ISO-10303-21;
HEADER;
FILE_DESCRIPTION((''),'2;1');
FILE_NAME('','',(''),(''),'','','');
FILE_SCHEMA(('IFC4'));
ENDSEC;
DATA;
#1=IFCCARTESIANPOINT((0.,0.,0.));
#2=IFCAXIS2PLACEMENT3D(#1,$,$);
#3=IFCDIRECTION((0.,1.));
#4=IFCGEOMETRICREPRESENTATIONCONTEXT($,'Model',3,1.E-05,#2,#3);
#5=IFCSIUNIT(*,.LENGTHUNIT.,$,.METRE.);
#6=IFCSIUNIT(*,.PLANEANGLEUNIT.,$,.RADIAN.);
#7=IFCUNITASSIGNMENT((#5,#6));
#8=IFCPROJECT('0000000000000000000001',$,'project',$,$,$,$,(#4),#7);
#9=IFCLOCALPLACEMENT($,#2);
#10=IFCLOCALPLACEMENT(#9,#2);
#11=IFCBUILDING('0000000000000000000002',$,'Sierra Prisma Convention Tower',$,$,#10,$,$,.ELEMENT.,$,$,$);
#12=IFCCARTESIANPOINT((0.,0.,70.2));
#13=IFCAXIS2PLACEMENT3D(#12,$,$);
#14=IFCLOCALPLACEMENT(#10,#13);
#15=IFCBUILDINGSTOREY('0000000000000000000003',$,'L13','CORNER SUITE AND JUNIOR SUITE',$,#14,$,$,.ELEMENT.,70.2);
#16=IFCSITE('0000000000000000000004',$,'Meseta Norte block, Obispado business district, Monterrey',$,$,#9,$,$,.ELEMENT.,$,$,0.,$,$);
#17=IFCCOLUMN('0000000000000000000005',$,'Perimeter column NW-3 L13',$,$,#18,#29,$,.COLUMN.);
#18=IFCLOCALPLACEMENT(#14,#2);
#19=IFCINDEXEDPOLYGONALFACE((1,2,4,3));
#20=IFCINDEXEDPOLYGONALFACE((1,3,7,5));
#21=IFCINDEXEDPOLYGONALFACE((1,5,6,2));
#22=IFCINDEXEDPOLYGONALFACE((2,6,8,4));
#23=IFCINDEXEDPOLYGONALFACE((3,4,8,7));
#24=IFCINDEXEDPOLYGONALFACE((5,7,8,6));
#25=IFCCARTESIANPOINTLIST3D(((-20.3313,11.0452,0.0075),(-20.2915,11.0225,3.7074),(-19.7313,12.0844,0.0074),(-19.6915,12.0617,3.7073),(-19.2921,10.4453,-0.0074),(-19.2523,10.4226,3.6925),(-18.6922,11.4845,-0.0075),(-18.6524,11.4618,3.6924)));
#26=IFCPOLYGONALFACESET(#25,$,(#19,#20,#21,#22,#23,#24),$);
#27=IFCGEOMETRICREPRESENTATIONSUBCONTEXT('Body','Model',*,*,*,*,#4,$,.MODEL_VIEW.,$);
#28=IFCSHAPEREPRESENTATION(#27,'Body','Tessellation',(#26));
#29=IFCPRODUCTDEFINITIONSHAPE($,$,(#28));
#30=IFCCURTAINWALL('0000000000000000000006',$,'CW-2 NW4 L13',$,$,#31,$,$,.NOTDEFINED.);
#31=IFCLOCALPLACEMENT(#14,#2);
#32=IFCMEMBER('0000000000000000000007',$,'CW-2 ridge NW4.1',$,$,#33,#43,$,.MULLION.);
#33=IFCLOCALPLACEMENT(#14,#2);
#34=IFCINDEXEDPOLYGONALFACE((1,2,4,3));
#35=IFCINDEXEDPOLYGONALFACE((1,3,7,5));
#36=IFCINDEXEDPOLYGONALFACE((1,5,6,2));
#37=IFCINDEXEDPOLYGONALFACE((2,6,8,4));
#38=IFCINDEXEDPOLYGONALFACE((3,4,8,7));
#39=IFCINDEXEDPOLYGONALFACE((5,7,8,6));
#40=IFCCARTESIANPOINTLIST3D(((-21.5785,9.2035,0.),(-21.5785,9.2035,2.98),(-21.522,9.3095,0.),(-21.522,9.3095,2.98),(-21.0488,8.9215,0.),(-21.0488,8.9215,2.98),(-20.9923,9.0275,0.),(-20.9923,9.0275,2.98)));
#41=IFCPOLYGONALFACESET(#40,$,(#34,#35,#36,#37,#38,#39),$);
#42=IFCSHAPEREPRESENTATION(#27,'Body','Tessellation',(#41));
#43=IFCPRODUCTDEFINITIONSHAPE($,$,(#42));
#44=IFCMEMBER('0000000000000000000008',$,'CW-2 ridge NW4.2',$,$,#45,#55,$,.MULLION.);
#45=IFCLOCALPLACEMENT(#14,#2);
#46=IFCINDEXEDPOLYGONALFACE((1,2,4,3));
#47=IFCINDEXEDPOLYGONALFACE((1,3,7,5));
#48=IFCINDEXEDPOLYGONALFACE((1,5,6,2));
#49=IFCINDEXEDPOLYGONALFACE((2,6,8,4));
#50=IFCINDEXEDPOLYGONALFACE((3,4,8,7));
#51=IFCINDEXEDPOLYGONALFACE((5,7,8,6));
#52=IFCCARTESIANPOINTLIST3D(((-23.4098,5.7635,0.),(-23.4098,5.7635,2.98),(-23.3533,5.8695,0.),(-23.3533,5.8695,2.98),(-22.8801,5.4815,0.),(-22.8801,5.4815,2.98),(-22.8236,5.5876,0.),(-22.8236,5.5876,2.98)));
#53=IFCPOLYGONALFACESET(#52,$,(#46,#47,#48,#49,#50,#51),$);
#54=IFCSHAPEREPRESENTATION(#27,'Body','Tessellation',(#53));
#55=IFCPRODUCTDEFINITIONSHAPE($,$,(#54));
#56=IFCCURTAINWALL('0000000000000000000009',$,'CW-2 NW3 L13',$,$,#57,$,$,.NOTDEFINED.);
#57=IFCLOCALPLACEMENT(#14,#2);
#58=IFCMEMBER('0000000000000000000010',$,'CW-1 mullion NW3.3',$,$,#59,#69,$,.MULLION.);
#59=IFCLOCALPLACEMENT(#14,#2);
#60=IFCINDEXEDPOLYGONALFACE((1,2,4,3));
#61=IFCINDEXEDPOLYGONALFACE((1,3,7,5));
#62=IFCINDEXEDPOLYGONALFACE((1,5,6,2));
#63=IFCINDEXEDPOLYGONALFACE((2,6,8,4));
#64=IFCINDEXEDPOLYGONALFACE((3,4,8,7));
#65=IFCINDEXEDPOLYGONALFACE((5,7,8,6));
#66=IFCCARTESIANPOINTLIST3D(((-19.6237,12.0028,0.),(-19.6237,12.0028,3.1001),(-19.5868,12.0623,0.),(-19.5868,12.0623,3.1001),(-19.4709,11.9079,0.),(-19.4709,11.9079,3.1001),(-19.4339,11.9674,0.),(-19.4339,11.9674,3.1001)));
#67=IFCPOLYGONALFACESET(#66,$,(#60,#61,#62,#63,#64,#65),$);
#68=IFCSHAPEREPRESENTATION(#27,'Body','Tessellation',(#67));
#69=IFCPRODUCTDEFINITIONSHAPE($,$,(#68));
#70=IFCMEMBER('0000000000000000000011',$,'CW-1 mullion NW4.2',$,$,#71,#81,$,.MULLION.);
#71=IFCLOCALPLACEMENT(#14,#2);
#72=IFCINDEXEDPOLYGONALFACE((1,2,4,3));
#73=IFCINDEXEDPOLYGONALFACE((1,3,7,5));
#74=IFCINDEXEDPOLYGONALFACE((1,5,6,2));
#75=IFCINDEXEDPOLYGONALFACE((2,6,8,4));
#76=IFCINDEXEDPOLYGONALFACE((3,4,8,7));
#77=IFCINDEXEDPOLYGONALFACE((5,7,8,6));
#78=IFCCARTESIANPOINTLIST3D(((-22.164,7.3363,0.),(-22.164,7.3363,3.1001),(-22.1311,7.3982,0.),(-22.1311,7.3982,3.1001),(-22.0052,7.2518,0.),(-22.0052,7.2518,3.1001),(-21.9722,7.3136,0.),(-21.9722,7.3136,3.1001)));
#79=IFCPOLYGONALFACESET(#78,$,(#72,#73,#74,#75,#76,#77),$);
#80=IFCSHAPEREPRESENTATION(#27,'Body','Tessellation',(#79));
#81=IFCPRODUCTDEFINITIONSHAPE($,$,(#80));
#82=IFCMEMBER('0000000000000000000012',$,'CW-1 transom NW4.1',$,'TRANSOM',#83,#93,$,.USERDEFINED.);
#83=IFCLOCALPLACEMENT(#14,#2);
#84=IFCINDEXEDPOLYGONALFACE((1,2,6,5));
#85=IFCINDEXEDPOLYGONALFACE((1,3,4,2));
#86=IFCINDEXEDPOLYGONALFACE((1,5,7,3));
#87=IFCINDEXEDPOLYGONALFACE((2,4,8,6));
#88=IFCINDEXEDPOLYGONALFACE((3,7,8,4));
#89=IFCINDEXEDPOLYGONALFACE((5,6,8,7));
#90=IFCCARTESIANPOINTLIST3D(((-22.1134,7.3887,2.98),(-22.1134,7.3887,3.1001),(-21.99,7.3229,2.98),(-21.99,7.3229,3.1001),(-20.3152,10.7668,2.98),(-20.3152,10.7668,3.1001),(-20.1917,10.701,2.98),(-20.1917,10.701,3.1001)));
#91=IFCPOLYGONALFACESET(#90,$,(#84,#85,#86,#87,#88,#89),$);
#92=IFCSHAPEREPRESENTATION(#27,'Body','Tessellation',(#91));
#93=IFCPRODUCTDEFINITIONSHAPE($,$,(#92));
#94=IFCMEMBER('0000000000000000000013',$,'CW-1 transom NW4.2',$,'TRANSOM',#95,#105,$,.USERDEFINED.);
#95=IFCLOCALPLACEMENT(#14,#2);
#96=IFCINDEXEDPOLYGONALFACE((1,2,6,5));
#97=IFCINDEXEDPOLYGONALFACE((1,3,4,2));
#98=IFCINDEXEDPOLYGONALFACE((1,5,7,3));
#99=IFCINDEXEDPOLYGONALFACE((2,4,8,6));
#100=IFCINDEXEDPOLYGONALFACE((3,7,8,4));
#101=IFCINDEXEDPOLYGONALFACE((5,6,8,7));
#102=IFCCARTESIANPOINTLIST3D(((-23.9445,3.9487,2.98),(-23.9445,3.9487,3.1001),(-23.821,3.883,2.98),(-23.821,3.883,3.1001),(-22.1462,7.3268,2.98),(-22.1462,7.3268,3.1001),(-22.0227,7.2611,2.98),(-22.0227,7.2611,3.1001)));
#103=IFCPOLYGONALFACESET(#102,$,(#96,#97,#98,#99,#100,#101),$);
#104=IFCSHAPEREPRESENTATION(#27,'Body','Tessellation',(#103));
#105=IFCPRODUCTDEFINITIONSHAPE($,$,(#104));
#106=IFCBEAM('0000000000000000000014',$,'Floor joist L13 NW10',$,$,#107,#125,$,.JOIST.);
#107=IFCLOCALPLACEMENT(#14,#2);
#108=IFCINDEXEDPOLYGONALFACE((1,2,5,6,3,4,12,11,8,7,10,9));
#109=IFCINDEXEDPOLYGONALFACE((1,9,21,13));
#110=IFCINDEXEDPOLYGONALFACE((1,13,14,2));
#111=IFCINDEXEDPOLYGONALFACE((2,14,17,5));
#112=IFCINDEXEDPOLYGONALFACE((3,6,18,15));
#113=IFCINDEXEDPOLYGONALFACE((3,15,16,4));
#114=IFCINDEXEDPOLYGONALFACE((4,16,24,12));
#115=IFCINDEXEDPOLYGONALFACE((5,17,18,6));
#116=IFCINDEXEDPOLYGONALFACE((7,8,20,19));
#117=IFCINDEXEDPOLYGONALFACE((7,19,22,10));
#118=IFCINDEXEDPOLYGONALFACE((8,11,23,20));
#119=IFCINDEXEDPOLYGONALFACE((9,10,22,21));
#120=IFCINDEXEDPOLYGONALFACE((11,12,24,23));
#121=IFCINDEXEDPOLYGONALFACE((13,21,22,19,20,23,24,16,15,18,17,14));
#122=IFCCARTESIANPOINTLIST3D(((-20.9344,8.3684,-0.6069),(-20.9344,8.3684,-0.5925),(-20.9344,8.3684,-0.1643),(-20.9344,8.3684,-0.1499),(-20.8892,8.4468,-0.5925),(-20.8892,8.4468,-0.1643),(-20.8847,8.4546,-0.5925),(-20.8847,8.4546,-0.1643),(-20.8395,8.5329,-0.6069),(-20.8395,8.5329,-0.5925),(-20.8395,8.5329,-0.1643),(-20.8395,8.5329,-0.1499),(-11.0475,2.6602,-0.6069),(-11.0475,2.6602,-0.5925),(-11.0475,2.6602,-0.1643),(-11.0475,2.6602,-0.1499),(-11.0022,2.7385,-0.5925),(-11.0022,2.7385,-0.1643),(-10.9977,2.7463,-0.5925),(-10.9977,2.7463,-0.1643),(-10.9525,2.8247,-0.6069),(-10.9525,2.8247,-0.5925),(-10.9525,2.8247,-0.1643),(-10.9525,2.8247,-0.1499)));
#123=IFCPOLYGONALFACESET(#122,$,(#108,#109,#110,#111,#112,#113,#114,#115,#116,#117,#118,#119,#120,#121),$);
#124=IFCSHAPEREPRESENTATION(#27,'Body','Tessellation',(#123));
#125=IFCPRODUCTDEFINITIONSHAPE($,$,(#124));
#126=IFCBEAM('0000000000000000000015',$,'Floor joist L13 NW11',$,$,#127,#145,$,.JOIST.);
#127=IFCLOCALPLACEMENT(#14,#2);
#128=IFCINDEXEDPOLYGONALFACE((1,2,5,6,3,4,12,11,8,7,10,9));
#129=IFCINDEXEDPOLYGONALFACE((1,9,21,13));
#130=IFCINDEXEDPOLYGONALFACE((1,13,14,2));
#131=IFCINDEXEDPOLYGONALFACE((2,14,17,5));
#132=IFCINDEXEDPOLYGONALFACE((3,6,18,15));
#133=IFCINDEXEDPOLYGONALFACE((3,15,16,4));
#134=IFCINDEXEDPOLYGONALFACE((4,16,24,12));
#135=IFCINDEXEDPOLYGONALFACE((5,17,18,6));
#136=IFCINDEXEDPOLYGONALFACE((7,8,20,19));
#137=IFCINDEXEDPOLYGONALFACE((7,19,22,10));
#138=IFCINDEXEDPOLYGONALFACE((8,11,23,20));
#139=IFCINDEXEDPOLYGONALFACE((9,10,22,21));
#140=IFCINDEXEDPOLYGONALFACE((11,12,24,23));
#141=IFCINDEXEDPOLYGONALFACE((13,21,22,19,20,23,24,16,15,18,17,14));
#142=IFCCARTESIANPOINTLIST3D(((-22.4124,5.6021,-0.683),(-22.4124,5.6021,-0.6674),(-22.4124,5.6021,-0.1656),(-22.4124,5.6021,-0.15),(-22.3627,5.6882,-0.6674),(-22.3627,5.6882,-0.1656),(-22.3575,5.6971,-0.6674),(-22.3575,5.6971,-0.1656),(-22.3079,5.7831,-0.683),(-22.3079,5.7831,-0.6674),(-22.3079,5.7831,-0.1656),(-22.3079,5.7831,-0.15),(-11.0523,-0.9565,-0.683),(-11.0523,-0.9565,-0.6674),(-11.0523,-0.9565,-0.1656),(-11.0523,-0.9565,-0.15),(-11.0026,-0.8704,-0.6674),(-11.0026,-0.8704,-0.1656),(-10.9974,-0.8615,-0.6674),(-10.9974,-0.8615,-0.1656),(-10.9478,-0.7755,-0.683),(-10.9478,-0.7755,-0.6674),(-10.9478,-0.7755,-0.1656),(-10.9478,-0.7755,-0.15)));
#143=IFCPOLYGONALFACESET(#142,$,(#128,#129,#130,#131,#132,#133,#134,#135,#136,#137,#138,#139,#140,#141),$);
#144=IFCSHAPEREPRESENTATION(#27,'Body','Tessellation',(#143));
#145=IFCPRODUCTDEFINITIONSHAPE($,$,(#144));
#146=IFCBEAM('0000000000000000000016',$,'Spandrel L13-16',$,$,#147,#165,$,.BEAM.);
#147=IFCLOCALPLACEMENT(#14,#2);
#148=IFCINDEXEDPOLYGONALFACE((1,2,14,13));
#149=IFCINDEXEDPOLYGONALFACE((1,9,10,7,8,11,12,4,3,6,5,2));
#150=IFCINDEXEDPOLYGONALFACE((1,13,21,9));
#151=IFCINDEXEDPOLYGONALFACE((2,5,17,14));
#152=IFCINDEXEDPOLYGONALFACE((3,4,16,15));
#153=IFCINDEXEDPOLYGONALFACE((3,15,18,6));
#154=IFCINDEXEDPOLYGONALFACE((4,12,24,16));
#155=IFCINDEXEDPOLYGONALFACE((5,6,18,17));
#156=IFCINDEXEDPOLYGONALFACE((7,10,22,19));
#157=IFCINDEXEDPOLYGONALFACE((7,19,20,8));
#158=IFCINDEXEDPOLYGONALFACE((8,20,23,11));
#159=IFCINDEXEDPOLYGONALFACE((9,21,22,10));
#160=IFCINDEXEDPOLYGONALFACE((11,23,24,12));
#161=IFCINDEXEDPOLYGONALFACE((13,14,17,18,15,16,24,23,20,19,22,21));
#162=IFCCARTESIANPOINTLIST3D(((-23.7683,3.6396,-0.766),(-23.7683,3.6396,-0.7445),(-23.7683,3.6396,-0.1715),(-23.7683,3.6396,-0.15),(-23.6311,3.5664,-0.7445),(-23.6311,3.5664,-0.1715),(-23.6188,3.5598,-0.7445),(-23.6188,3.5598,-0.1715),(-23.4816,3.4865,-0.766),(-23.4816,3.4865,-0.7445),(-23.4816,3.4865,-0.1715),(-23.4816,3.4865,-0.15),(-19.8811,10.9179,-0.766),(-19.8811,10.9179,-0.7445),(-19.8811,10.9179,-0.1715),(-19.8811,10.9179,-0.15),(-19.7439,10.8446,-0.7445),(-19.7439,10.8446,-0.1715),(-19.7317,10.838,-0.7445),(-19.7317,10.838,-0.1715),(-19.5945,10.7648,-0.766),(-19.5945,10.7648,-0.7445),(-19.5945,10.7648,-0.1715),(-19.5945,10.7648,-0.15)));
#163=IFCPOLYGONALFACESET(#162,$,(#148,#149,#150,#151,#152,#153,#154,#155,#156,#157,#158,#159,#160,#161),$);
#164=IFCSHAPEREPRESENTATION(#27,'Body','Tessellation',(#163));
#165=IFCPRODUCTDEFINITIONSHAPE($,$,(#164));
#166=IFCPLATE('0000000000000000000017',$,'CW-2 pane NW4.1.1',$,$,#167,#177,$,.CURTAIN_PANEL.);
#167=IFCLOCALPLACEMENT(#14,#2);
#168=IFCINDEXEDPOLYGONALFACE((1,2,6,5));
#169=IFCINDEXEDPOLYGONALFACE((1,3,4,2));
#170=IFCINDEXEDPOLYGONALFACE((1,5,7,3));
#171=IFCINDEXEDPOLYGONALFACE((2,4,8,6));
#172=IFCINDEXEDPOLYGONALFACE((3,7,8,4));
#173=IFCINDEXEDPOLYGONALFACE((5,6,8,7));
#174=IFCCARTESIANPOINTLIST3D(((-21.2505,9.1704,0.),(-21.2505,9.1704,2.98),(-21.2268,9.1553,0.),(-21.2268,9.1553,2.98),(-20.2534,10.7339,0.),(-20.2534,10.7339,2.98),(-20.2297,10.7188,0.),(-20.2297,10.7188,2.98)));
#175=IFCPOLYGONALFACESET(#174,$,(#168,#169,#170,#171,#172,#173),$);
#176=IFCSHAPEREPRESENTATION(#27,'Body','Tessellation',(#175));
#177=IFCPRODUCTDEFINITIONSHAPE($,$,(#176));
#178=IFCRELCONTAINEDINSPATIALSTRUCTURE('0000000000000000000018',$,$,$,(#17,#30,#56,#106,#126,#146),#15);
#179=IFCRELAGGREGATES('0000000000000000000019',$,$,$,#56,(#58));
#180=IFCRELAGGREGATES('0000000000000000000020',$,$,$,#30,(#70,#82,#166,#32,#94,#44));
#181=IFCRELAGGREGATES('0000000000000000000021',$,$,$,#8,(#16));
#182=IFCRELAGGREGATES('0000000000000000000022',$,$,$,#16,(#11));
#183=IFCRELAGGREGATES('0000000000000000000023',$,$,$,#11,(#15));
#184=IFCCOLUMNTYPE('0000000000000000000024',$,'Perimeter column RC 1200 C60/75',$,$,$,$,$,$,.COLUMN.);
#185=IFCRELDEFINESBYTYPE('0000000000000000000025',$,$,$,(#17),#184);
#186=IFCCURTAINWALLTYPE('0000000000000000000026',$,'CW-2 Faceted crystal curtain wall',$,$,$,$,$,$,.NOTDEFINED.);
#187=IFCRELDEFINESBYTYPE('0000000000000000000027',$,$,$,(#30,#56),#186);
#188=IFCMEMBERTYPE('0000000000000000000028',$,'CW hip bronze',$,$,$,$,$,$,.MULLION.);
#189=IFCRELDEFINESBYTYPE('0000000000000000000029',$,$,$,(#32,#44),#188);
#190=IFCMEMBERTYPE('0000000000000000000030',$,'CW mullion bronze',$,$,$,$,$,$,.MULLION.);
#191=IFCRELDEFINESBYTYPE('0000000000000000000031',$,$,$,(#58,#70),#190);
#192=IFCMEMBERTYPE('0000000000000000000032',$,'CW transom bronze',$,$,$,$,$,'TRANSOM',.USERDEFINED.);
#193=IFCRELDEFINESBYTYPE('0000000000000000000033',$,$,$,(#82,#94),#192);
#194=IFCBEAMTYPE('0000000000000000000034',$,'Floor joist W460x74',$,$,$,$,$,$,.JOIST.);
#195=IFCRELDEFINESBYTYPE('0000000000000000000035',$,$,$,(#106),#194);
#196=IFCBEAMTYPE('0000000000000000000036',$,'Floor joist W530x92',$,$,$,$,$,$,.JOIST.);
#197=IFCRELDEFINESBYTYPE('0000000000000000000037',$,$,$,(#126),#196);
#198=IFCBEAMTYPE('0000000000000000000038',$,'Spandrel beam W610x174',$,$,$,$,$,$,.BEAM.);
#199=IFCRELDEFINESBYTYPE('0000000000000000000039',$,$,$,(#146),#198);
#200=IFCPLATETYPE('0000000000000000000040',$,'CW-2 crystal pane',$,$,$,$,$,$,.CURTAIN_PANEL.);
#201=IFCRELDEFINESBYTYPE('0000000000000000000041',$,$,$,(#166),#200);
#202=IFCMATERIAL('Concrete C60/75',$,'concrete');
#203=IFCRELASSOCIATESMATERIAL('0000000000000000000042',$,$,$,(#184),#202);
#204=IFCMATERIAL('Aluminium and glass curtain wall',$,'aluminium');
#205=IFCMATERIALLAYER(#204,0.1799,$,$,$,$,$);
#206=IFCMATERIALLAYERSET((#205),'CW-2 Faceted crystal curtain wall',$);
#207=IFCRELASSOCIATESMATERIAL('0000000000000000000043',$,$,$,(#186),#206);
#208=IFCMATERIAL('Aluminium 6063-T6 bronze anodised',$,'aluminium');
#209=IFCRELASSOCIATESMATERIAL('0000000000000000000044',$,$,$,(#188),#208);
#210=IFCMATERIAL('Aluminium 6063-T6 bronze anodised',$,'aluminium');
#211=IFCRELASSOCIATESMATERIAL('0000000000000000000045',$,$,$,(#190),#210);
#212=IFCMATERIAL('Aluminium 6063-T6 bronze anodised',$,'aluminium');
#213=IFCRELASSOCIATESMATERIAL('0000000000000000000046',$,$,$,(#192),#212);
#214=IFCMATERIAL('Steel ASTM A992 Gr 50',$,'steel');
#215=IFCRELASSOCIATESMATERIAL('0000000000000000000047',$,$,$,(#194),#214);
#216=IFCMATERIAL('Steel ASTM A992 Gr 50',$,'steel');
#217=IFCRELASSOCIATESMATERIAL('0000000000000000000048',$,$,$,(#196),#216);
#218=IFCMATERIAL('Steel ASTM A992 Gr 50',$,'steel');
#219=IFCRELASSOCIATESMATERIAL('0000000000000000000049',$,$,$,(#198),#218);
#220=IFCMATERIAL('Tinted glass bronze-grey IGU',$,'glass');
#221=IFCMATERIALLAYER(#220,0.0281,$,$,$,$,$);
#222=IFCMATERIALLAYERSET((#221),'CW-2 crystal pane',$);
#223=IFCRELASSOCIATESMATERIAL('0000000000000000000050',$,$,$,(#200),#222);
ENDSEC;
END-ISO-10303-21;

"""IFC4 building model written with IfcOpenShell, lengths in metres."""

from ifc_helpers import new_model, si_unit, direction, frame, origin, origin_2d, place, context, subcontext, project, spatial, polyline, rectangle, i_section, outline, extrude, material, layer, layer_set, material_profile, profile_set, type_object, element, aggregate, save


model = new_model("IFC4")

# Units and contexts
model_context = context("Model", 3, precision=1e-05, world=origin(), true_north=direction((0.0, 1.0)))
body_context = subcontext(model_context, "Body", "Model", "MODEL_VIEW")
ifc_project = project(units=[si_unit("LENGTHUNIT", "METRE"), si_unit("PLANEANGLEUNIT", "RADIAN")], contexts=[model_context])

# Site, building, storey
site_placement = place(None, origin())
site = spatial("IfcSite", under=ifc_project, at=site_placement, Name="Meseta Norte block, Obispado business district, Monterrey", CompositionType="ELEMENT", RefElevation=0.0)
building_placement = place(site_placement, origin())
building = spatial("IfcBuilding", under=site, at=building_placement, Name="Sierra Prisma Convention Tower", CompositionType="ELEMENT")
storey_placement = place(building_placement, frame((0.0, 0.0, 70.2)))
storey = spatial("IfcBuildingStorey", under=building, at=storey_placement, Name="L13", Description="CORNER SUITE AND JUNIOR SUITE", CompositionType="ELEMENT", Elevation=70.2)

# Column
ifc_material_1 = material(Name="Concrete C60/75", Category="concrete")
ifc_material_profile_1 = material_profile(ifc_material_1, rectangle(XDim=1.2, YDim=1.2, at=origin_2d()), Name="Perimeter column RC 1200 C60/75")
ifc_profile_set_1 = profile_set([ifc_material_profile_1], Name="Concrete C60/75")
column_type = type_object("IfcColumnType", Name="Perimeter column RC 1200 C60/75", PredefinedType="COLUMN", material=ifc_profile_set_1)
column_placement = place(storey_placement, frame((-19.5117, 11.2649, 0.0), z_axis=(0.010755, -0.006136, 0.999923), x_axis=(0.499971, 0.866042, -0.000063)))
element("IfcColumn", 1, at=column_placement, inside=storey, type_object=column_type, Name="Perimeter column NW-3 L13", PredefinedType="COLUMN", context=body_context, shape_type="SweptSolid", body=[
    extrude(rectangle(XDim=1.2, YDim=1.2, at=origin_2d()), origin(), (0.0, 0.0, 1.0), 3.7002),
])

# Curtain wall, members
ifc_material_2 = material(Name="Aluminium and glass curtain wall", Category="aluminium")
ifc_layer_1 = layer(ifc_material_2, 0.1799)
ifc_layer_set_1 = layer_set([ifc_layer_1], Name="CW-2 Faceted crystal curtain wall")
curtain_wall_type = type_object("IfcCurtainWallType", Name="CW-2 Faceted crystal curtain wall", PredefinedType="NOTDEFINED", material=ifc_layer_set_1)
curtain_wall_1_placement = place(storey_placement, origin())
curtain_wall_1 = element("IfcCurtainWall", 2, at=curtain_wall_1_placement, inside=storey, type_object=curtain_wall_type, Name="CW-2 NW4 L13", PredefinedType="NOTDEFINED")
ifc_material_3 = material(Name="Aluminium 6063-T6 bronze anodised", Category="aluminium")
ifc_material_profile_2 = material_profile(ifc_material_3, rectangle(XDim=0.1201, YDim=0.6001, at=origin_2d()), Name="ALU RIDGE BLADE 120x600")
ifc_profile_set_2 = profile_set([ifc_material_profile_2], Name="Aluminium 6063-T6 bronze anodised")
member_type_1 = type_object("IfcMemberType", Name="CW hip bronze", PredefinedType="MULLION", material=ifc_profile_set_2)
member_1_placement = place(storey_placement, frame((-21.2854, 9.1155, 0.0), z_axis=(0.0, 0.0, 1.0), x_axis=(-0.469904, -0.882718, 0.0)))
member_1 = element("IfcMember", 3, at=member_1_placement, type_object=member_type_1, Name="CW-2 ridge NW4.1", PredefinedType="MULLION", context=body_context, shape_type="SweptSolid", body=[
    extrude(rectangle(XDim=0.1201, YDim=0.6001, at=origin_2d()), origin(), (0.0, 0.0, 1.0), 2.98),
])
member_2_placement = place(storey_placement, frame((-23.1167, 5.6755, 0.0), z_axis=(0.0, 0.0, 1.0), x_axis=(-0.469904, -0.882718, 0.0)))
member_2 = element("IfcMember", 4, at=member_2_placement, type_object=member_type_1, Name="CW-2 ridge NW4.2", PredefinedType="MULLION", context=body_context, shape_type="SweptSolid", body=[
    extrude(rectangle(XDim=0.1201, YDim=0.6001, at=origin_2d()), origin(), (0.0, 0.0, 1.0), 2.98),
])

# Curtain wall, member
curtain_wall_2_placement = place(storey_placement, origin())
curtain_wall_2 = element("IfcCurtainWall", 5, at=curtain_wall_2_placement, inside=storey, type_object=curtain_wall_type, Name="CW-2 NW3 L13", PredefinedType="NOTDEFINED")
ifc_material_4 = material(Name="Aluminium 6063-T6 bronze anodised", Category="aluminium")
ifc_material_profile_3 = material_profile(ifc_material_4, rectangle(XDim=0.1799, YDim=0.0701, at=origin_2d()), Name="ALU MULLION 70x180")
ifc_profile_set_3 = profile_set([ifc_material_profile_3], Name="Aluminium 6063-T6 bronze anodised")
member_type_2 = type_object("IfcMemberType", Name="CW mullion bronze", PredefinedType="MULLION", material=ifc_profile_set_3)
member_3_placement = place(storey_placement, frame((-19.5288, 11.9851, 0.0), z_axis=(0.0, 0.0, 1.0), x_axis=(0.849528, -0.527544, 0.0)))
member_3 = element("IfcMember", 6, at=member_3_placement, type_object=member_type_2, Name="CW-1 mullion NW3.3", PredefinedType="MULLION", context=body_context, shape_type="SweptSolid", body=[
    extrude(rectangle(XDim=0.1799, YDim=0.0701, at=origin_2d()), origin(), (0.0, 0.0, 1.0), 3.1001),
])
aggregate(curtain_wall_2, [member_3])

# Members
member_4_placement = place(storey_placement, frame((-22.0681, 7.325, 0.0), z_axis=(0.0, 0.0, 1.0), x_axis=(0.882718, -0.469904, 0.0)))
member_4 = element("IfcMember", 7, at=member_4_placement, type_object=member_type_2, Name="CW-1 mullion NW4.2", PredefinedType="MULLION", context=body_context, shape_type="SweptSolid", body=[
    extrude(rectangle(XDim=0.1799, YDim=0.0701, at=origin_2d()), origin(), (0.0, 0.0, 1.0), 3.1001),
])
ifc_material_5 = material(Name="Aluminium 6063-T6 bronze anodised", Category="aluminium")
ifc_material_profile_4 = material_profile(ifc_material_5, rectangle(XDim=0.1399, YDim=0.1201, at=origin_2d()), Name="ALU TRANSOM 120x140")
ifc_profile_set_4 = profile_set([ifc_material_profile_4], Name="Aluminium 6063-T6 bronze anodised")
member_type_3 = type_object("IfcMemberType", Name="CW transom bronze", ElementType="TRANSOM", PredefinedType="USERDEFINED", material=ifc_profile_set_4)
member_5_placement = place(storey_placement, frame((-20.2534, 10.7339, 3.04), z_axis=(-0.469906, -0.882716, 0.0), x_axis=(0.882716, -0.469906, 0.0)))
member_5 = element("IfcMember", 8, at=member_5_placement, type_object=member_type_3, Name="CW-1 transom NW4.1", ObjectType="TRANSOM", PredefinedType="USERDEFINED", context=body_context, shape_type="SweptSolid", body=[
    extrude(rectangle(XDim=0.1399, YDim=0.1201, at=origin_2d()), origin(), (0.0, 0.0, 1.0), 3.8269),
])
member_6_placement = place(storey_placement, frame((-22.0845, 7.2939, 3.04), z_axis=(-0.469906, -0.882716, 0.0), x_axis=(0.882716, -0.469906, 0.0)))
member_6 = element("IfcMember", 9, at=member_6_placement, type_object=member_type_3, Name="CW-1 transom NW4.2", ObjectType="TRANSOM", PredefinedType="USERDEFINED", context=body_context, shape_type="SweptSolid", body=[
    extrude(rectangle(XDim=0.1399, YDim=0.1201, at=origin_2d()), origin(), (0.0, 0.0, 1.0), 3.8269),
])

# Beams
ifc_material_6 = material(Name="Steel ASTM A992 Gr 50", Category="steel")
ifc_material_profile_5 = material_profile(ifc_material_6, i_section(OverallWidth=0.1899, OverallDepth=0.457, WebThickness=0.009, FlangeThickness=0.0144, at=origin_2d()), Name="W460x74")
ifc_profile_set_5 = profile_set([ifc_material_profile_5], Name="Steel ASTM A992 Gr 50")
beam_type_1 = type_object("IfcBeamType", Name="Floor joist W460x74", PredefinedType="JOIST", material=ifc_profile_set_5)
beam_1_placement = place(storey_placement, frame((-20.887, 8.4507, -0.3784), z_axis=(0.866025, -0.500001, 0.0), x_axis=(0.500001, 0.866025, 0.0)))
element("IfcBeam", 10, at=beam_1_placement, inside=storey, type_object=beam_type_1, Name="Floor joist L13 NW10", PredefinedType="JOIST", context=body_context, shape_type="SweptSolid", body=[
    extrude(i_section(OverallWidth=0.1899, OverallDepth=0.457, WebThickness=0.009, FlangeThickness=0.0144, at=origin_2d()), origin(), (0.0, 0.0, 1.0), 11.4165),
])
ifc_material_7 = material(Name="Steel ASTM A992 Gr 50", Category="steel")
ifc_material_profile_6 = material_profile(ifc_material_7, i_section(OverallWidth=0.209, OverallDepth=0.533, WebThickness=0.0103, FlangeThickness=0.0156, at=origin_2d()), Name="W530x92")
ifc_profile_set_6 = profile_set([ifc_material_profile_6], Name="Steel ASTM A992 Gr 50")
beam_type_2 = type_object("IfcBeamType", Name="Floor joist W530x92", PredefinedType="JOIST", material=ifc_profile_set_6)
beam_2_placement = place(storey_placement, frame((-22.3601, 5.6926, -0.4165), z_axis=(0.866031, -0.49999, 0.0), x_axis=(0.49999, 0.866031, 0.0)))
element("IfcBeam", 11, at=beam_2_placement, inside=storey, type_object=beam_type_2, Name="Floor joist L13 NW11", PredefinedType="JOIST", context=body_context, shape_type="SweptSolid", body=[
    extrude(i_section(OverallWidth=0.209, OverallDepth=0.533, WebThickness=0.0103, FlangeThickness=0.0156, at=origin_2d()), origin(), (0.0, 0.0, 1.0), 13.1174),
])
ifc_material_8 = material(Name="Steel ASTM A992 Gr 50", Category="steel")
ifc_material_profile_7 = material_profile(ifc_material_8, i_section(OverallWidth=0.325, OverallDepth=0.616, WebThickness=0.0139, FlangeThickness=0.0215, at=origin_2d()), Name="W610x174")
ifc_profile_set_7 = profile_set([ifc_material_profile_7], Name="Steel ASTM A992 Gr 50")
beam_type_3 = type_object("IfcBeamType", Name="Spandrel beam W610x174", PredefinedType="BEAM", material=ifc_profile_set_7)
beam_3_placement = place(storey_placement, frame((-19.7378, 10.8413, -0.458), z_axis=(-0.471101, -0.882079, 0.0), x_axis=(0.882079, -0.471101, 0.0)))
element("IfcBeam", 12, at=beam_3_placement, inside=storey, type_object=beam_type_3, Name="Spandrel L13-16", PredefinedType="BEAM", context=body_context, shape_type="SweptSolid", body=[
    extrude(i_section(OverallWidth=0.325, OverallDepth=0.616, WebThickness=0.0139, FlangeThickness=0.0215, at=origin_2d()), origin(), (0.0, 0.0, 1.0), 8.2512),
])

# Plate
ifc_material_9 = material(Name="Tinted glass bronze-grey IGU", Category="glass")
ifc_layer_2 = layer(ifc_material_9, 0.0281)
ifc_layer_set_2 = layer_set([ifc_layer_2], Name="CW-2 crystal pane")
plate_type = type_object("IfcPlateType", Name="CW-2 crystal pane", PredefinedType="CURTAIN_PANEL", material=ifc_layer_set_2)
plate_1_placement = place(storey_placement, frame((-20.2534, 10.7339, 0.0), z_axis=(-0.843141, 0.537693, 0.0), x_axis=(-0.537693, -0.843141, 0.0)))
plate_1 = element("IfcPlate", 13, at=plate_1_placement, type_object=plate_type, Name="CW-2 pane NW4.1.1", PredefinedType="CURTAIN_PANEL", context=body_context, shape_type="SweptSolid", body=[
    extrude(outline(polyline([(0.0, 0.0), (1.8543, 0.0), (1.8543, 2.98), (0.0, 2.98), (0.0, 0.0)])), origin(), (0.0, 0.0, -1.0), 0.0281),
])
aggregate(curtain_wall_1, [member_4, member_5, plate_1, member_1, member_6, member_2])

save(model, "model.ifc")
